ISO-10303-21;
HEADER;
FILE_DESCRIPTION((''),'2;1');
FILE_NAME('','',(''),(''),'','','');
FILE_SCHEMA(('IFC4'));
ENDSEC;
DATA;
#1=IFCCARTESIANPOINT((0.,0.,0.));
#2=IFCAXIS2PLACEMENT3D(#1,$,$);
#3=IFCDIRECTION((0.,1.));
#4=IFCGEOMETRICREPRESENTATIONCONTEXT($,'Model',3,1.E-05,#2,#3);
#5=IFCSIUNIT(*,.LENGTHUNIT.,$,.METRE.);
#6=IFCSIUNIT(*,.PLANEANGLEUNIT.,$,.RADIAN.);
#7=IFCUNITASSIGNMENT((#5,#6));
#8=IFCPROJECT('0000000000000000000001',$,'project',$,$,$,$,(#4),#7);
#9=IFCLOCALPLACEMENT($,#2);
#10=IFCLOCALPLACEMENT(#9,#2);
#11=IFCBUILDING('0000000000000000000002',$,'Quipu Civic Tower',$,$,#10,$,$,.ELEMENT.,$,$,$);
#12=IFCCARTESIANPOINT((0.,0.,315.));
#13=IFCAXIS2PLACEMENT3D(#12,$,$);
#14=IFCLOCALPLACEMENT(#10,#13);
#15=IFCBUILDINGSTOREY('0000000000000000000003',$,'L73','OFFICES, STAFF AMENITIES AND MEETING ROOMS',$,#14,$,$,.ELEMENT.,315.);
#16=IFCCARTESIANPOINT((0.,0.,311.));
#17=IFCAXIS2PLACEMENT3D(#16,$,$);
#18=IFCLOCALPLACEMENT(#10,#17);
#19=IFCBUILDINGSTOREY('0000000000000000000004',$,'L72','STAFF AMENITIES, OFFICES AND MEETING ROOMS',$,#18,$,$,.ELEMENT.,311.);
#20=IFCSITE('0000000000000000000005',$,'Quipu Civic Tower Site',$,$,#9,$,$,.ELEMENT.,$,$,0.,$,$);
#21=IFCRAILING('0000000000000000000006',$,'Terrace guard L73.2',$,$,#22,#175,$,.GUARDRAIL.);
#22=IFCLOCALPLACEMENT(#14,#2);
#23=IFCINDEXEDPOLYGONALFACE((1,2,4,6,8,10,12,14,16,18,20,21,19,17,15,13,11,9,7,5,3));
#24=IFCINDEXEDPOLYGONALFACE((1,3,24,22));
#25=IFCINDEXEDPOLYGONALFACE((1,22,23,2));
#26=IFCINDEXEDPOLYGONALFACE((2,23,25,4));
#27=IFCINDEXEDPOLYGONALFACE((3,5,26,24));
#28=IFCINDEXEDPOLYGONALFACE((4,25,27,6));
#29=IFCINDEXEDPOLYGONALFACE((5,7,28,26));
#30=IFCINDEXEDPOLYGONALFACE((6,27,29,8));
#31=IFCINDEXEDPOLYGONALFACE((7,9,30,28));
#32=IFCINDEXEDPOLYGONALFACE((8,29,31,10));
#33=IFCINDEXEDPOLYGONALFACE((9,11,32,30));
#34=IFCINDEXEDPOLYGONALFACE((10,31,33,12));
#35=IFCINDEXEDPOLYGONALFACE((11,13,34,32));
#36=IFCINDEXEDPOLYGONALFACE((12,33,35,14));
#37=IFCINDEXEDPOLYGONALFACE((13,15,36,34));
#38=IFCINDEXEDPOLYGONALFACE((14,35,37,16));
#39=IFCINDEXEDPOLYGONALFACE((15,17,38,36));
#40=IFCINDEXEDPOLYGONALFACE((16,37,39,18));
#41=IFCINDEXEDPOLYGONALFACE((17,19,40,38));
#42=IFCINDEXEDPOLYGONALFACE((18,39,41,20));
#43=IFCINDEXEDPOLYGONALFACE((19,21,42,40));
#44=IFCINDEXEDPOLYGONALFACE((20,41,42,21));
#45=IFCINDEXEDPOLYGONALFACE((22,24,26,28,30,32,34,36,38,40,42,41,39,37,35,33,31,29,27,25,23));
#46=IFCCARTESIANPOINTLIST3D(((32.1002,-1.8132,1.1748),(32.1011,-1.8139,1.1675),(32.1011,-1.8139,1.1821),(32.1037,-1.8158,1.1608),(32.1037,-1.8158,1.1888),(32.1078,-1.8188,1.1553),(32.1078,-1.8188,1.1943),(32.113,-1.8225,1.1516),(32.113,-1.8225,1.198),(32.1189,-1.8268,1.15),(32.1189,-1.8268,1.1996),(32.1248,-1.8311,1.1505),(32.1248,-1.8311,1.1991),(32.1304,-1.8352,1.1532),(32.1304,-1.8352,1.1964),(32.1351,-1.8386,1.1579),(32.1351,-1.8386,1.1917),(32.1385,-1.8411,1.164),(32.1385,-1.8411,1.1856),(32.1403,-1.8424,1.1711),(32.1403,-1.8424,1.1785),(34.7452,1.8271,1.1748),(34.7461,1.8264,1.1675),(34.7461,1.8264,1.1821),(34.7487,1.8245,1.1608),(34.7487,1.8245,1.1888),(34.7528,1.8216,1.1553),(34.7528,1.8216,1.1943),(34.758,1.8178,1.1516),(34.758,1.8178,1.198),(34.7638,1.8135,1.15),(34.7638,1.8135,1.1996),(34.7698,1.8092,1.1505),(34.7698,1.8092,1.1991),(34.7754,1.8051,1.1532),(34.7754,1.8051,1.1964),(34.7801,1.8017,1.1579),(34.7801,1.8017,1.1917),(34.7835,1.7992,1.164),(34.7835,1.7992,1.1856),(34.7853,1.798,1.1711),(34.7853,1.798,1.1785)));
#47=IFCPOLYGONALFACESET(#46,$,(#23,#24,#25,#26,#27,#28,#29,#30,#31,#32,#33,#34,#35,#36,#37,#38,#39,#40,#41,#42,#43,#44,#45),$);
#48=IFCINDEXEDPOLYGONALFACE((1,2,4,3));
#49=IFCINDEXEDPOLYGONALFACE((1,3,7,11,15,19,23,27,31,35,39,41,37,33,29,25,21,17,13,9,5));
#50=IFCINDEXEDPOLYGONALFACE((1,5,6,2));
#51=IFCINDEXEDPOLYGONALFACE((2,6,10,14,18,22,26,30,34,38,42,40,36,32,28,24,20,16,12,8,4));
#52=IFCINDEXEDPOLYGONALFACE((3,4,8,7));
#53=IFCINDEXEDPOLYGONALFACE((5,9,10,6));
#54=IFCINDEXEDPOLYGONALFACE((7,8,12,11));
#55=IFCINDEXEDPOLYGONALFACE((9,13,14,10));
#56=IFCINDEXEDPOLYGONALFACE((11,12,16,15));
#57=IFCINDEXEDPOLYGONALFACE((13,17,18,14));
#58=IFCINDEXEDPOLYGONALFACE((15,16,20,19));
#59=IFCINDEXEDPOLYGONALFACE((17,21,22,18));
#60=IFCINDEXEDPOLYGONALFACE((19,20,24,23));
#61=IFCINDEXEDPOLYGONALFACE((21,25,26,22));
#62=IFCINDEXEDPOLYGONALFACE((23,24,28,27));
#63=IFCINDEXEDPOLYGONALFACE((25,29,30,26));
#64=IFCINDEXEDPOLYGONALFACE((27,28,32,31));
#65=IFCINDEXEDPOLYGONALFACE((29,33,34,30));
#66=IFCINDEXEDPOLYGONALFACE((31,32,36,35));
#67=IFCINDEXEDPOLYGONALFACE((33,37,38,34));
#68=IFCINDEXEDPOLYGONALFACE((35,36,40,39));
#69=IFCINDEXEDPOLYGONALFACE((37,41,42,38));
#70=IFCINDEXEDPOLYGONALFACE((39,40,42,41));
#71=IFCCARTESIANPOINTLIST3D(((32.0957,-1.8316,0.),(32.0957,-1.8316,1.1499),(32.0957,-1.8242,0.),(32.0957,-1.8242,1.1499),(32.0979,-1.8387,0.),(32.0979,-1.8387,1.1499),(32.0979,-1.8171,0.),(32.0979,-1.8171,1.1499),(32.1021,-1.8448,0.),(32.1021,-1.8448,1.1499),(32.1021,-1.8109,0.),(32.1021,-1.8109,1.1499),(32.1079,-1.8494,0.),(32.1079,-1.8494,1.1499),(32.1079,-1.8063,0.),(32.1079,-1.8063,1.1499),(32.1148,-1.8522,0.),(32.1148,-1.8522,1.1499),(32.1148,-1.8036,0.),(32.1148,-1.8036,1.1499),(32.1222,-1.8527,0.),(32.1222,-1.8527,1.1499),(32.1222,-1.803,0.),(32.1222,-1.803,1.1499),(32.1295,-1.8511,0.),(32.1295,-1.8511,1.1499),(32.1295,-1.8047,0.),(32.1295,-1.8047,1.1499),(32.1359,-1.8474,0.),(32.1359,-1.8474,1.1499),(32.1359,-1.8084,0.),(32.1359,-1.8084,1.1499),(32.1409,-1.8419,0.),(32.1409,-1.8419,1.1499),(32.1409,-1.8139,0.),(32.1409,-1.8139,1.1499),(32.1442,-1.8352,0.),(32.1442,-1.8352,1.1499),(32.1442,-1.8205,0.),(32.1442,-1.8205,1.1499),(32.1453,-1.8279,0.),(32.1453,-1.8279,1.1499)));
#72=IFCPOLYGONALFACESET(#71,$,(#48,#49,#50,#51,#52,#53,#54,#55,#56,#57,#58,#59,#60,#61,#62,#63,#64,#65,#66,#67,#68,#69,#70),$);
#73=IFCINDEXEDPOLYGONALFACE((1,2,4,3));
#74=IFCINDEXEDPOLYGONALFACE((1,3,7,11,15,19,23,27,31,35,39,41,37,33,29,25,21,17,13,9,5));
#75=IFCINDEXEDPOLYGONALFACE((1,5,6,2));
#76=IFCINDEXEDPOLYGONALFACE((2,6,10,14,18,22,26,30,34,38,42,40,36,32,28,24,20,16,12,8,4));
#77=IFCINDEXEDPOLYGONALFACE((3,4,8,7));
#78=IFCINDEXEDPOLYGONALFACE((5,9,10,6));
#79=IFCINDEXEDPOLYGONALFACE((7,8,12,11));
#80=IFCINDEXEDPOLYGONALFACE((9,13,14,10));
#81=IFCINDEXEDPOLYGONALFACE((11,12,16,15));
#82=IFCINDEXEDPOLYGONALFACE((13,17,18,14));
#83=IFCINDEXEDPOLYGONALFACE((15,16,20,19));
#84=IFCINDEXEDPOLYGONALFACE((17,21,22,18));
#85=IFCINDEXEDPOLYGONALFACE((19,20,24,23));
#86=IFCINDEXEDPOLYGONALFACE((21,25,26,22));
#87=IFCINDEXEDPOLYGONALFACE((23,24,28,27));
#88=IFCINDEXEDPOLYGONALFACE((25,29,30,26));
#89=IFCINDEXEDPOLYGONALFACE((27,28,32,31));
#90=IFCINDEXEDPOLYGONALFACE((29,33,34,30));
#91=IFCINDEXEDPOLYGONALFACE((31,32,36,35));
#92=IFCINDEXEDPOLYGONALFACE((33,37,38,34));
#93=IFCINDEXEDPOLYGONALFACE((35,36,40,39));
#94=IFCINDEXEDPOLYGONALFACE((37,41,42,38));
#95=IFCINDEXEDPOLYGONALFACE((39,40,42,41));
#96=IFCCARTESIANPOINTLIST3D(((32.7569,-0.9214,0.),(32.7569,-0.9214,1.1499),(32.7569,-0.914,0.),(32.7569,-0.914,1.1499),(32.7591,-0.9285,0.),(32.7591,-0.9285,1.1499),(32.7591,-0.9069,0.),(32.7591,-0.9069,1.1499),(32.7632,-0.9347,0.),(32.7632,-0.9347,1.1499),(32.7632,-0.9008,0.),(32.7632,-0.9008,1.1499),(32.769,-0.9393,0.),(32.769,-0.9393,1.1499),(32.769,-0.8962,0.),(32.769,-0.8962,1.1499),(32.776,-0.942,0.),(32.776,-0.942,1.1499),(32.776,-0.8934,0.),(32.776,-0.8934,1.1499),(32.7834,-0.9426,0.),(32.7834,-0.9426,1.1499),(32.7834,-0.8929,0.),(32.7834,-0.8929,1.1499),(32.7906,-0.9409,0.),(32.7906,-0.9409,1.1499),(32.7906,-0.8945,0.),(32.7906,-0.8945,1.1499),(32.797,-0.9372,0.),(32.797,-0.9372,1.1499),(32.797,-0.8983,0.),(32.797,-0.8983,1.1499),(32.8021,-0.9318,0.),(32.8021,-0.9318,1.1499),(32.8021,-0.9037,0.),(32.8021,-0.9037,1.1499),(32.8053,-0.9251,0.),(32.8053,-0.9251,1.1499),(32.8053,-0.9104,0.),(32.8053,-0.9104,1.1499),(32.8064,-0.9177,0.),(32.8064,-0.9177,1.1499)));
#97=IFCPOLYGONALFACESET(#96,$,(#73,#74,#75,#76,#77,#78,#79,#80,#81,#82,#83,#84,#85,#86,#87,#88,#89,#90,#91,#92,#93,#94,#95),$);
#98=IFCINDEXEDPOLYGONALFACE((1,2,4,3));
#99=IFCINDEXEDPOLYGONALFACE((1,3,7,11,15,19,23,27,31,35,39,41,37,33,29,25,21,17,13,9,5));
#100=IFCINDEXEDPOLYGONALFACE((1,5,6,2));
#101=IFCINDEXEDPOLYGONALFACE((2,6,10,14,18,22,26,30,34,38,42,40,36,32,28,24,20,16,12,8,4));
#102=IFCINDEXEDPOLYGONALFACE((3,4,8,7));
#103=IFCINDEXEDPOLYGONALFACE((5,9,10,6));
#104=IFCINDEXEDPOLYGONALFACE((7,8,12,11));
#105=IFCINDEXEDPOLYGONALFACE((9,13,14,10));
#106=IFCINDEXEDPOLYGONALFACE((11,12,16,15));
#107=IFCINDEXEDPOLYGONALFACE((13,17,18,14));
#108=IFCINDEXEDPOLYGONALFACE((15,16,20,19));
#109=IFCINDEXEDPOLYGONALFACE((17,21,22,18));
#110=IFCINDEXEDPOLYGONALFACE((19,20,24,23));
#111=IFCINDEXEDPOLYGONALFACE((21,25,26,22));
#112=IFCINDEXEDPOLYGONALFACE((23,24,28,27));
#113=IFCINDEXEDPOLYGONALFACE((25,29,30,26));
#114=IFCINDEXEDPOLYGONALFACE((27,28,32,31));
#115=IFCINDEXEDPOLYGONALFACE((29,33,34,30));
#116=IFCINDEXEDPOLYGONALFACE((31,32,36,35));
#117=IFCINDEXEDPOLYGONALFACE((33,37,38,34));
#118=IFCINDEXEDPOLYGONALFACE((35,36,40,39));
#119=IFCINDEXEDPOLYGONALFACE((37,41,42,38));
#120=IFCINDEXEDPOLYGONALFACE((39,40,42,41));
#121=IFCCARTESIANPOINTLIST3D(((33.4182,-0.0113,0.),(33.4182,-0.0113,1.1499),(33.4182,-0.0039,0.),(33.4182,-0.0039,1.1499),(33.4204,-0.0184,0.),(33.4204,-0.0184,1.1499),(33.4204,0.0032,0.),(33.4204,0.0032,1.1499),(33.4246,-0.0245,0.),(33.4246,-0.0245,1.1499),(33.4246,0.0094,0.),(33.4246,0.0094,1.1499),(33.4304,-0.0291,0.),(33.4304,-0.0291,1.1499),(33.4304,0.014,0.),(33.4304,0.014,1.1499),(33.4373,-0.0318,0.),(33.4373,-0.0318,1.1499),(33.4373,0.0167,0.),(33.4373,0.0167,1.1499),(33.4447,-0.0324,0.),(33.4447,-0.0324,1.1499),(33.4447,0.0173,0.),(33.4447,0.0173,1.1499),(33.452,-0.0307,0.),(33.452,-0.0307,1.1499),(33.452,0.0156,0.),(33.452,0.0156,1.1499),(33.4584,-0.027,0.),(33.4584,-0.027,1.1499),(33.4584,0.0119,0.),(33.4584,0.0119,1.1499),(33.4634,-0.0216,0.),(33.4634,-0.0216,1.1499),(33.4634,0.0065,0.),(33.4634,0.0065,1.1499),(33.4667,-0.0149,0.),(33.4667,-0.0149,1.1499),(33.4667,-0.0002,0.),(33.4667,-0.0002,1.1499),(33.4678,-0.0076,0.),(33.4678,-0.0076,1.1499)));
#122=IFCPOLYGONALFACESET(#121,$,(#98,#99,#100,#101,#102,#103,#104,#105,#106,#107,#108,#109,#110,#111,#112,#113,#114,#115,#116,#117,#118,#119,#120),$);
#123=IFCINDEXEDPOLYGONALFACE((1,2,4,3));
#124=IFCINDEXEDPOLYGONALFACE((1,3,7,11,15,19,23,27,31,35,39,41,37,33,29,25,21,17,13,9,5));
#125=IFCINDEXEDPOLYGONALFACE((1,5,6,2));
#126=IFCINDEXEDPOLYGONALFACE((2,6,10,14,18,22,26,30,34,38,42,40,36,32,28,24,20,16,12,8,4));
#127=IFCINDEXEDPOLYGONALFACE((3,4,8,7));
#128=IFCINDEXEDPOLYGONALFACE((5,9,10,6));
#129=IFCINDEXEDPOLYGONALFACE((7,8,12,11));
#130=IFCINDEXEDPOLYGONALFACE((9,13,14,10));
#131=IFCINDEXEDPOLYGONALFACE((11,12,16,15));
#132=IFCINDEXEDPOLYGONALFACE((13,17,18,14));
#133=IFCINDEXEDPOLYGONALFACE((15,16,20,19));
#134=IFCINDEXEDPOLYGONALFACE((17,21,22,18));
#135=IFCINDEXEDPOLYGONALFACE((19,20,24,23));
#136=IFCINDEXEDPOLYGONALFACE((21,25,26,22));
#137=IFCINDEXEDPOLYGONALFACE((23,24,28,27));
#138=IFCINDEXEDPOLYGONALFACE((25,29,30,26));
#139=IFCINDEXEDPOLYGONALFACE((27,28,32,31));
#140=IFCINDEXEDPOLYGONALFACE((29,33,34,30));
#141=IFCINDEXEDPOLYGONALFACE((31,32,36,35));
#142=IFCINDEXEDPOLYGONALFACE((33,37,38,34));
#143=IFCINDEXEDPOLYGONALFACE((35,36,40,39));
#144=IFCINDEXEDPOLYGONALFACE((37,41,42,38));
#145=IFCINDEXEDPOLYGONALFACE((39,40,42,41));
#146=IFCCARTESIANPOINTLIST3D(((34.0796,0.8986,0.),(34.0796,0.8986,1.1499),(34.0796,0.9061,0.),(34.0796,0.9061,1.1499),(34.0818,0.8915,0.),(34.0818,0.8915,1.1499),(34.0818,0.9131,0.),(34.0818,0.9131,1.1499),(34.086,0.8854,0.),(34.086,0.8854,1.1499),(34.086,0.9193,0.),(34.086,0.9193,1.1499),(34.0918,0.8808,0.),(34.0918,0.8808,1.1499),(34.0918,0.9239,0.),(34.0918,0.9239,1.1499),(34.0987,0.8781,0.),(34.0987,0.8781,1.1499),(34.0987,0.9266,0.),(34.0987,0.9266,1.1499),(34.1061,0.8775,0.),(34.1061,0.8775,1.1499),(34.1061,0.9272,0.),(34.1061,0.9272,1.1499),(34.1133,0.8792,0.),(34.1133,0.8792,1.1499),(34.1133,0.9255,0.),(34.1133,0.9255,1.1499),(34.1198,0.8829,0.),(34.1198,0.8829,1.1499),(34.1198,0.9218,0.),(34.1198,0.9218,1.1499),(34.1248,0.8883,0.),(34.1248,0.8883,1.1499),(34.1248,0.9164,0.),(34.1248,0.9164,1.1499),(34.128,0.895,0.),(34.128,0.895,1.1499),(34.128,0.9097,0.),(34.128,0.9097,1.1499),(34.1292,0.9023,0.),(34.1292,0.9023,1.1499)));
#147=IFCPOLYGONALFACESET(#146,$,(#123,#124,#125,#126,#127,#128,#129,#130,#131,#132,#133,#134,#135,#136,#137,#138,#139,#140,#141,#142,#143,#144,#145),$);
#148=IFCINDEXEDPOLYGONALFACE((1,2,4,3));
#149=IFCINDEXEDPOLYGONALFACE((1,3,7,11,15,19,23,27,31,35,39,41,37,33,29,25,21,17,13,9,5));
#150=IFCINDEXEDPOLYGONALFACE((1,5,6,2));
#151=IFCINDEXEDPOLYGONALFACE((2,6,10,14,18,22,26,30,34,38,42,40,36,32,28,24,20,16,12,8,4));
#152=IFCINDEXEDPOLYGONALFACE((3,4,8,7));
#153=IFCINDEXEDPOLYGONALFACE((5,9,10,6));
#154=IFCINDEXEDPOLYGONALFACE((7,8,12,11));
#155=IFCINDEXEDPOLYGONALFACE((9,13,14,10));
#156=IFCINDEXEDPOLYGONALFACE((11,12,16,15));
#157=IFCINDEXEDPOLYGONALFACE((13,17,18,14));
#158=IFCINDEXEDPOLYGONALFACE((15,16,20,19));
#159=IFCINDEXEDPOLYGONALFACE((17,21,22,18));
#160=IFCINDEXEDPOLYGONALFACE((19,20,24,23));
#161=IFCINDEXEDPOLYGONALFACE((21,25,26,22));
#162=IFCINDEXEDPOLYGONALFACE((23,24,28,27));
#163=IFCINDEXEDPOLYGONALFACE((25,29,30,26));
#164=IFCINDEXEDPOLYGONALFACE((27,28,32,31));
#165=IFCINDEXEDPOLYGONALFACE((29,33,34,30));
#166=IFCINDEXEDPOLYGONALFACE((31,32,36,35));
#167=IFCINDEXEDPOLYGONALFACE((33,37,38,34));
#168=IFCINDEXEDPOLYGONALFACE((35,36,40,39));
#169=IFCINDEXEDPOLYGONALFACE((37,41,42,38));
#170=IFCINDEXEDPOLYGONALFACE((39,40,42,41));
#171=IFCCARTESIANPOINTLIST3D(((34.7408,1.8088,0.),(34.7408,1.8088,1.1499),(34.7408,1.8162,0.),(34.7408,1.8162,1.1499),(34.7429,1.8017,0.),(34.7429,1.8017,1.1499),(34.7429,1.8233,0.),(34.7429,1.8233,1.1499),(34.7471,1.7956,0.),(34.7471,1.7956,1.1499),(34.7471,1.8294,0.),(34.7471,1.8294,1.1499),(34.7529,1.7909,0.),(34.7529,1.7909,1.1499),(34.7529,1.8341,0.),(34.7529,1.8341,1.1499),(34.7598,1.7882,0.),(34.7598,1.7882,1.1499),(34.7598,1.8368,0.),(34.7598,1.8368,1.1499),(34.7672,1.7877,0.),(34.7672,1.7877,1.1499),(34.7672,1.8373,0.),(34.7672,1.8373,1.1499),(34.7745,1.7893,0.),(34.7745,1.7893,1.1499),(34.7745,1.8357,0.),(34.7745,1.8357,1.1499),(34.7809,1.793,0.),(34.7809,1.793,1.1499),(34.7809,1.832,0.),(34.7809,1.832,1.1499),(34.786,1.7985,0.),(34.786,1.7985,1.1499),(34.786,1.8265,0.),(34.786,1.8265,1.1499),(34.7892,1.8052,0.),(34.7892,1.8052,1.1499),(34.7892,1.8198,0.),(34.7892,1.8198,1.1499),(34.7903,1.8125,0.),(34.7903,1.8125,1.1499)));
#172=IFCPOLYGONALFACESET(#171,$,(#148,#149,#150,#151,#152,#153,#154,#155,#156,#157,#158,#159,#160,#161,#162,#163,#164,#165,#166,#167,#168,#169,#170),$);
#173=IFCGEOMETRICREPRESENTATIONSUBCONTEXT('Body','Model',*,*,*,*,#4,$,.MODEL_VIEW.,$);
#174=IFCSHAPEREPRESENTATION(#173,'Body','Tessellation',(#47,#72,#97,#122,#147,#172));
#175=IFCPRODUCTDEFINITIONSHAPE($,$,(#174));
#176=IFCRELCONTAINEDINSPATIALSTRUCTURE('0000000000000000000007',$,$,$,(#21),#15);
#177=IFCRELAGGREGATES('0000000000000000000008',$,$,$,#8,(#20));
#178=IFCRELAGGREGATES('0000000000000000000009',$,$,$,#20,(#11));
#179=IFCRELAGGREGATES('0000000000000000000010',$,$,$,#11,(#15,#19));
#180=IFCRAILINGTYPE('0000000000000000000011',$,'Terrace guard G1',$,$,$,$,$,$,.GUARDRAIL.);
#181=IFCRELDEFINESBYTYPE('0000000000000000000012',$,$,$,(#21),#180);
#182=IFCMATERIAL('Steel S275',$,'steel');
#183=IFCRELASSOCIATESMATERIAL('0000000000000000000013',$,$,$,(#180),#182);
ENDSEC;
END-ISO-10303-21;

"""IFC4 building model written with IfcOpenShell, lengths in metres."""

from ifc_helpers import new_model, si_unit, direction, frame, origin, origin_2d, place, context, subcontext, project, spatial, circle, extrude, material, type_object, element, save


model = new_model("IFC4")

# Units and contexts
model_context = context("Model", 3, precision=1e-05, world=origin(), true_north=direction((0.0, 1.0)))
body_context = subcontext(model_context, "Body", "Model", "MODEL_VIEW")
ifc_project = project(units=[si_unit("LENGTHUNIT", "METRE"), si_unit("PLANEANGLEUNIT", "RADIAN")], contexts=[model_context])

# Site, building, storey
site_placement = place(None, origin())
site = spatial("IfcSite", under=ifc_project, at=site_placement, Name="Quipu Civic Tower Site", CompositionType="ELEMENT", RefElevation=0.0)
building_placement = place(site_placement, origin())
building = spatial("IfcBuilding", under=site, at=building_placement, Name="Quipu Civic Tower", CompositionType="ELEMENT")
storey_1_placement = place(building_placement, frame((0.0, 0.0, 315.0)))
storey_1 = spatial("IfcBuildingStorey", under=building, at=storey_1_placement, Name="L73", Description="OFFICES, STAFF AMENITIES AND MEETING ROOMS", CompositionType="ELEMENT", Elevation=315.0)

# Shared definitions
storey_2_placement = place(building_placement, frame((0.0, 0.0, 311.0)))
storey_2 = spatial("IfcBuildingStorey", under=building, at=storey_2_placement, Name="L72", Description="STAFF AMENITIES, OFFICES AND MEETING ROOMS", CompositionType="ELEMENT", Elevation=311.0)

# Railing
ifc_material_1 = material(Name="Steel S275", Category="steel")
railing_type = type_object("IfcRailingType", Name="Terrace guard G1", PredefinedType="GUARDRAIL", material=ifc_material_1)
railing_1_placement = place(storey_1_placement, frame((32.1204, -1.8279, 0.0)))
element("IfcRailing", 1, at=railing_1_placement, inside=storey_1, type_object=railing_type, Name="Terrace guard L73.2", PredefinedType="GUARDRAIL", context=body_context, shape_type="SweptSolid", body=[
    extrude(circle(Radius=0.0249, at=origin_2d()), frame((0.0, 0.0, 1.1748), z_axis=(0.587804, 0.809003, 0.0), x_axis=(-0.809003, 0.587804, 0.0)), (0.0, 0.0, 1.0), 4.4998),
    extrude(circle(Radius=0.0249, at=origin_2d()), origin(), (0.0, 0.0, 1.0), 1.1499),
    extrude(circle(Radius=0.0249, at=origin_2d()), frame((0.6611, 0.9102, 0.0)), (0.0, 0.0, 1.0), 1.1499),
    extrude(circle(Radius=0.0249, at=origin_2d()), frame((1.3225, 1.8203, 0.0)), (0.0, 0.0, 1.0), 1.1499),
    extrude(circle(Radius=0.0249, at=origin_2d()), frame((1.9839, 2.7302, 0.0)), (0.0, 0.0, 1.0), 1.1499),
    extrude(circle(Radius=0.0249, at=origin_2d()), frame((2.645, 3.6404, 0.0)), (0.0, 0.0, 1.0), 1.1499),
])

save(model, "model.ifc")
